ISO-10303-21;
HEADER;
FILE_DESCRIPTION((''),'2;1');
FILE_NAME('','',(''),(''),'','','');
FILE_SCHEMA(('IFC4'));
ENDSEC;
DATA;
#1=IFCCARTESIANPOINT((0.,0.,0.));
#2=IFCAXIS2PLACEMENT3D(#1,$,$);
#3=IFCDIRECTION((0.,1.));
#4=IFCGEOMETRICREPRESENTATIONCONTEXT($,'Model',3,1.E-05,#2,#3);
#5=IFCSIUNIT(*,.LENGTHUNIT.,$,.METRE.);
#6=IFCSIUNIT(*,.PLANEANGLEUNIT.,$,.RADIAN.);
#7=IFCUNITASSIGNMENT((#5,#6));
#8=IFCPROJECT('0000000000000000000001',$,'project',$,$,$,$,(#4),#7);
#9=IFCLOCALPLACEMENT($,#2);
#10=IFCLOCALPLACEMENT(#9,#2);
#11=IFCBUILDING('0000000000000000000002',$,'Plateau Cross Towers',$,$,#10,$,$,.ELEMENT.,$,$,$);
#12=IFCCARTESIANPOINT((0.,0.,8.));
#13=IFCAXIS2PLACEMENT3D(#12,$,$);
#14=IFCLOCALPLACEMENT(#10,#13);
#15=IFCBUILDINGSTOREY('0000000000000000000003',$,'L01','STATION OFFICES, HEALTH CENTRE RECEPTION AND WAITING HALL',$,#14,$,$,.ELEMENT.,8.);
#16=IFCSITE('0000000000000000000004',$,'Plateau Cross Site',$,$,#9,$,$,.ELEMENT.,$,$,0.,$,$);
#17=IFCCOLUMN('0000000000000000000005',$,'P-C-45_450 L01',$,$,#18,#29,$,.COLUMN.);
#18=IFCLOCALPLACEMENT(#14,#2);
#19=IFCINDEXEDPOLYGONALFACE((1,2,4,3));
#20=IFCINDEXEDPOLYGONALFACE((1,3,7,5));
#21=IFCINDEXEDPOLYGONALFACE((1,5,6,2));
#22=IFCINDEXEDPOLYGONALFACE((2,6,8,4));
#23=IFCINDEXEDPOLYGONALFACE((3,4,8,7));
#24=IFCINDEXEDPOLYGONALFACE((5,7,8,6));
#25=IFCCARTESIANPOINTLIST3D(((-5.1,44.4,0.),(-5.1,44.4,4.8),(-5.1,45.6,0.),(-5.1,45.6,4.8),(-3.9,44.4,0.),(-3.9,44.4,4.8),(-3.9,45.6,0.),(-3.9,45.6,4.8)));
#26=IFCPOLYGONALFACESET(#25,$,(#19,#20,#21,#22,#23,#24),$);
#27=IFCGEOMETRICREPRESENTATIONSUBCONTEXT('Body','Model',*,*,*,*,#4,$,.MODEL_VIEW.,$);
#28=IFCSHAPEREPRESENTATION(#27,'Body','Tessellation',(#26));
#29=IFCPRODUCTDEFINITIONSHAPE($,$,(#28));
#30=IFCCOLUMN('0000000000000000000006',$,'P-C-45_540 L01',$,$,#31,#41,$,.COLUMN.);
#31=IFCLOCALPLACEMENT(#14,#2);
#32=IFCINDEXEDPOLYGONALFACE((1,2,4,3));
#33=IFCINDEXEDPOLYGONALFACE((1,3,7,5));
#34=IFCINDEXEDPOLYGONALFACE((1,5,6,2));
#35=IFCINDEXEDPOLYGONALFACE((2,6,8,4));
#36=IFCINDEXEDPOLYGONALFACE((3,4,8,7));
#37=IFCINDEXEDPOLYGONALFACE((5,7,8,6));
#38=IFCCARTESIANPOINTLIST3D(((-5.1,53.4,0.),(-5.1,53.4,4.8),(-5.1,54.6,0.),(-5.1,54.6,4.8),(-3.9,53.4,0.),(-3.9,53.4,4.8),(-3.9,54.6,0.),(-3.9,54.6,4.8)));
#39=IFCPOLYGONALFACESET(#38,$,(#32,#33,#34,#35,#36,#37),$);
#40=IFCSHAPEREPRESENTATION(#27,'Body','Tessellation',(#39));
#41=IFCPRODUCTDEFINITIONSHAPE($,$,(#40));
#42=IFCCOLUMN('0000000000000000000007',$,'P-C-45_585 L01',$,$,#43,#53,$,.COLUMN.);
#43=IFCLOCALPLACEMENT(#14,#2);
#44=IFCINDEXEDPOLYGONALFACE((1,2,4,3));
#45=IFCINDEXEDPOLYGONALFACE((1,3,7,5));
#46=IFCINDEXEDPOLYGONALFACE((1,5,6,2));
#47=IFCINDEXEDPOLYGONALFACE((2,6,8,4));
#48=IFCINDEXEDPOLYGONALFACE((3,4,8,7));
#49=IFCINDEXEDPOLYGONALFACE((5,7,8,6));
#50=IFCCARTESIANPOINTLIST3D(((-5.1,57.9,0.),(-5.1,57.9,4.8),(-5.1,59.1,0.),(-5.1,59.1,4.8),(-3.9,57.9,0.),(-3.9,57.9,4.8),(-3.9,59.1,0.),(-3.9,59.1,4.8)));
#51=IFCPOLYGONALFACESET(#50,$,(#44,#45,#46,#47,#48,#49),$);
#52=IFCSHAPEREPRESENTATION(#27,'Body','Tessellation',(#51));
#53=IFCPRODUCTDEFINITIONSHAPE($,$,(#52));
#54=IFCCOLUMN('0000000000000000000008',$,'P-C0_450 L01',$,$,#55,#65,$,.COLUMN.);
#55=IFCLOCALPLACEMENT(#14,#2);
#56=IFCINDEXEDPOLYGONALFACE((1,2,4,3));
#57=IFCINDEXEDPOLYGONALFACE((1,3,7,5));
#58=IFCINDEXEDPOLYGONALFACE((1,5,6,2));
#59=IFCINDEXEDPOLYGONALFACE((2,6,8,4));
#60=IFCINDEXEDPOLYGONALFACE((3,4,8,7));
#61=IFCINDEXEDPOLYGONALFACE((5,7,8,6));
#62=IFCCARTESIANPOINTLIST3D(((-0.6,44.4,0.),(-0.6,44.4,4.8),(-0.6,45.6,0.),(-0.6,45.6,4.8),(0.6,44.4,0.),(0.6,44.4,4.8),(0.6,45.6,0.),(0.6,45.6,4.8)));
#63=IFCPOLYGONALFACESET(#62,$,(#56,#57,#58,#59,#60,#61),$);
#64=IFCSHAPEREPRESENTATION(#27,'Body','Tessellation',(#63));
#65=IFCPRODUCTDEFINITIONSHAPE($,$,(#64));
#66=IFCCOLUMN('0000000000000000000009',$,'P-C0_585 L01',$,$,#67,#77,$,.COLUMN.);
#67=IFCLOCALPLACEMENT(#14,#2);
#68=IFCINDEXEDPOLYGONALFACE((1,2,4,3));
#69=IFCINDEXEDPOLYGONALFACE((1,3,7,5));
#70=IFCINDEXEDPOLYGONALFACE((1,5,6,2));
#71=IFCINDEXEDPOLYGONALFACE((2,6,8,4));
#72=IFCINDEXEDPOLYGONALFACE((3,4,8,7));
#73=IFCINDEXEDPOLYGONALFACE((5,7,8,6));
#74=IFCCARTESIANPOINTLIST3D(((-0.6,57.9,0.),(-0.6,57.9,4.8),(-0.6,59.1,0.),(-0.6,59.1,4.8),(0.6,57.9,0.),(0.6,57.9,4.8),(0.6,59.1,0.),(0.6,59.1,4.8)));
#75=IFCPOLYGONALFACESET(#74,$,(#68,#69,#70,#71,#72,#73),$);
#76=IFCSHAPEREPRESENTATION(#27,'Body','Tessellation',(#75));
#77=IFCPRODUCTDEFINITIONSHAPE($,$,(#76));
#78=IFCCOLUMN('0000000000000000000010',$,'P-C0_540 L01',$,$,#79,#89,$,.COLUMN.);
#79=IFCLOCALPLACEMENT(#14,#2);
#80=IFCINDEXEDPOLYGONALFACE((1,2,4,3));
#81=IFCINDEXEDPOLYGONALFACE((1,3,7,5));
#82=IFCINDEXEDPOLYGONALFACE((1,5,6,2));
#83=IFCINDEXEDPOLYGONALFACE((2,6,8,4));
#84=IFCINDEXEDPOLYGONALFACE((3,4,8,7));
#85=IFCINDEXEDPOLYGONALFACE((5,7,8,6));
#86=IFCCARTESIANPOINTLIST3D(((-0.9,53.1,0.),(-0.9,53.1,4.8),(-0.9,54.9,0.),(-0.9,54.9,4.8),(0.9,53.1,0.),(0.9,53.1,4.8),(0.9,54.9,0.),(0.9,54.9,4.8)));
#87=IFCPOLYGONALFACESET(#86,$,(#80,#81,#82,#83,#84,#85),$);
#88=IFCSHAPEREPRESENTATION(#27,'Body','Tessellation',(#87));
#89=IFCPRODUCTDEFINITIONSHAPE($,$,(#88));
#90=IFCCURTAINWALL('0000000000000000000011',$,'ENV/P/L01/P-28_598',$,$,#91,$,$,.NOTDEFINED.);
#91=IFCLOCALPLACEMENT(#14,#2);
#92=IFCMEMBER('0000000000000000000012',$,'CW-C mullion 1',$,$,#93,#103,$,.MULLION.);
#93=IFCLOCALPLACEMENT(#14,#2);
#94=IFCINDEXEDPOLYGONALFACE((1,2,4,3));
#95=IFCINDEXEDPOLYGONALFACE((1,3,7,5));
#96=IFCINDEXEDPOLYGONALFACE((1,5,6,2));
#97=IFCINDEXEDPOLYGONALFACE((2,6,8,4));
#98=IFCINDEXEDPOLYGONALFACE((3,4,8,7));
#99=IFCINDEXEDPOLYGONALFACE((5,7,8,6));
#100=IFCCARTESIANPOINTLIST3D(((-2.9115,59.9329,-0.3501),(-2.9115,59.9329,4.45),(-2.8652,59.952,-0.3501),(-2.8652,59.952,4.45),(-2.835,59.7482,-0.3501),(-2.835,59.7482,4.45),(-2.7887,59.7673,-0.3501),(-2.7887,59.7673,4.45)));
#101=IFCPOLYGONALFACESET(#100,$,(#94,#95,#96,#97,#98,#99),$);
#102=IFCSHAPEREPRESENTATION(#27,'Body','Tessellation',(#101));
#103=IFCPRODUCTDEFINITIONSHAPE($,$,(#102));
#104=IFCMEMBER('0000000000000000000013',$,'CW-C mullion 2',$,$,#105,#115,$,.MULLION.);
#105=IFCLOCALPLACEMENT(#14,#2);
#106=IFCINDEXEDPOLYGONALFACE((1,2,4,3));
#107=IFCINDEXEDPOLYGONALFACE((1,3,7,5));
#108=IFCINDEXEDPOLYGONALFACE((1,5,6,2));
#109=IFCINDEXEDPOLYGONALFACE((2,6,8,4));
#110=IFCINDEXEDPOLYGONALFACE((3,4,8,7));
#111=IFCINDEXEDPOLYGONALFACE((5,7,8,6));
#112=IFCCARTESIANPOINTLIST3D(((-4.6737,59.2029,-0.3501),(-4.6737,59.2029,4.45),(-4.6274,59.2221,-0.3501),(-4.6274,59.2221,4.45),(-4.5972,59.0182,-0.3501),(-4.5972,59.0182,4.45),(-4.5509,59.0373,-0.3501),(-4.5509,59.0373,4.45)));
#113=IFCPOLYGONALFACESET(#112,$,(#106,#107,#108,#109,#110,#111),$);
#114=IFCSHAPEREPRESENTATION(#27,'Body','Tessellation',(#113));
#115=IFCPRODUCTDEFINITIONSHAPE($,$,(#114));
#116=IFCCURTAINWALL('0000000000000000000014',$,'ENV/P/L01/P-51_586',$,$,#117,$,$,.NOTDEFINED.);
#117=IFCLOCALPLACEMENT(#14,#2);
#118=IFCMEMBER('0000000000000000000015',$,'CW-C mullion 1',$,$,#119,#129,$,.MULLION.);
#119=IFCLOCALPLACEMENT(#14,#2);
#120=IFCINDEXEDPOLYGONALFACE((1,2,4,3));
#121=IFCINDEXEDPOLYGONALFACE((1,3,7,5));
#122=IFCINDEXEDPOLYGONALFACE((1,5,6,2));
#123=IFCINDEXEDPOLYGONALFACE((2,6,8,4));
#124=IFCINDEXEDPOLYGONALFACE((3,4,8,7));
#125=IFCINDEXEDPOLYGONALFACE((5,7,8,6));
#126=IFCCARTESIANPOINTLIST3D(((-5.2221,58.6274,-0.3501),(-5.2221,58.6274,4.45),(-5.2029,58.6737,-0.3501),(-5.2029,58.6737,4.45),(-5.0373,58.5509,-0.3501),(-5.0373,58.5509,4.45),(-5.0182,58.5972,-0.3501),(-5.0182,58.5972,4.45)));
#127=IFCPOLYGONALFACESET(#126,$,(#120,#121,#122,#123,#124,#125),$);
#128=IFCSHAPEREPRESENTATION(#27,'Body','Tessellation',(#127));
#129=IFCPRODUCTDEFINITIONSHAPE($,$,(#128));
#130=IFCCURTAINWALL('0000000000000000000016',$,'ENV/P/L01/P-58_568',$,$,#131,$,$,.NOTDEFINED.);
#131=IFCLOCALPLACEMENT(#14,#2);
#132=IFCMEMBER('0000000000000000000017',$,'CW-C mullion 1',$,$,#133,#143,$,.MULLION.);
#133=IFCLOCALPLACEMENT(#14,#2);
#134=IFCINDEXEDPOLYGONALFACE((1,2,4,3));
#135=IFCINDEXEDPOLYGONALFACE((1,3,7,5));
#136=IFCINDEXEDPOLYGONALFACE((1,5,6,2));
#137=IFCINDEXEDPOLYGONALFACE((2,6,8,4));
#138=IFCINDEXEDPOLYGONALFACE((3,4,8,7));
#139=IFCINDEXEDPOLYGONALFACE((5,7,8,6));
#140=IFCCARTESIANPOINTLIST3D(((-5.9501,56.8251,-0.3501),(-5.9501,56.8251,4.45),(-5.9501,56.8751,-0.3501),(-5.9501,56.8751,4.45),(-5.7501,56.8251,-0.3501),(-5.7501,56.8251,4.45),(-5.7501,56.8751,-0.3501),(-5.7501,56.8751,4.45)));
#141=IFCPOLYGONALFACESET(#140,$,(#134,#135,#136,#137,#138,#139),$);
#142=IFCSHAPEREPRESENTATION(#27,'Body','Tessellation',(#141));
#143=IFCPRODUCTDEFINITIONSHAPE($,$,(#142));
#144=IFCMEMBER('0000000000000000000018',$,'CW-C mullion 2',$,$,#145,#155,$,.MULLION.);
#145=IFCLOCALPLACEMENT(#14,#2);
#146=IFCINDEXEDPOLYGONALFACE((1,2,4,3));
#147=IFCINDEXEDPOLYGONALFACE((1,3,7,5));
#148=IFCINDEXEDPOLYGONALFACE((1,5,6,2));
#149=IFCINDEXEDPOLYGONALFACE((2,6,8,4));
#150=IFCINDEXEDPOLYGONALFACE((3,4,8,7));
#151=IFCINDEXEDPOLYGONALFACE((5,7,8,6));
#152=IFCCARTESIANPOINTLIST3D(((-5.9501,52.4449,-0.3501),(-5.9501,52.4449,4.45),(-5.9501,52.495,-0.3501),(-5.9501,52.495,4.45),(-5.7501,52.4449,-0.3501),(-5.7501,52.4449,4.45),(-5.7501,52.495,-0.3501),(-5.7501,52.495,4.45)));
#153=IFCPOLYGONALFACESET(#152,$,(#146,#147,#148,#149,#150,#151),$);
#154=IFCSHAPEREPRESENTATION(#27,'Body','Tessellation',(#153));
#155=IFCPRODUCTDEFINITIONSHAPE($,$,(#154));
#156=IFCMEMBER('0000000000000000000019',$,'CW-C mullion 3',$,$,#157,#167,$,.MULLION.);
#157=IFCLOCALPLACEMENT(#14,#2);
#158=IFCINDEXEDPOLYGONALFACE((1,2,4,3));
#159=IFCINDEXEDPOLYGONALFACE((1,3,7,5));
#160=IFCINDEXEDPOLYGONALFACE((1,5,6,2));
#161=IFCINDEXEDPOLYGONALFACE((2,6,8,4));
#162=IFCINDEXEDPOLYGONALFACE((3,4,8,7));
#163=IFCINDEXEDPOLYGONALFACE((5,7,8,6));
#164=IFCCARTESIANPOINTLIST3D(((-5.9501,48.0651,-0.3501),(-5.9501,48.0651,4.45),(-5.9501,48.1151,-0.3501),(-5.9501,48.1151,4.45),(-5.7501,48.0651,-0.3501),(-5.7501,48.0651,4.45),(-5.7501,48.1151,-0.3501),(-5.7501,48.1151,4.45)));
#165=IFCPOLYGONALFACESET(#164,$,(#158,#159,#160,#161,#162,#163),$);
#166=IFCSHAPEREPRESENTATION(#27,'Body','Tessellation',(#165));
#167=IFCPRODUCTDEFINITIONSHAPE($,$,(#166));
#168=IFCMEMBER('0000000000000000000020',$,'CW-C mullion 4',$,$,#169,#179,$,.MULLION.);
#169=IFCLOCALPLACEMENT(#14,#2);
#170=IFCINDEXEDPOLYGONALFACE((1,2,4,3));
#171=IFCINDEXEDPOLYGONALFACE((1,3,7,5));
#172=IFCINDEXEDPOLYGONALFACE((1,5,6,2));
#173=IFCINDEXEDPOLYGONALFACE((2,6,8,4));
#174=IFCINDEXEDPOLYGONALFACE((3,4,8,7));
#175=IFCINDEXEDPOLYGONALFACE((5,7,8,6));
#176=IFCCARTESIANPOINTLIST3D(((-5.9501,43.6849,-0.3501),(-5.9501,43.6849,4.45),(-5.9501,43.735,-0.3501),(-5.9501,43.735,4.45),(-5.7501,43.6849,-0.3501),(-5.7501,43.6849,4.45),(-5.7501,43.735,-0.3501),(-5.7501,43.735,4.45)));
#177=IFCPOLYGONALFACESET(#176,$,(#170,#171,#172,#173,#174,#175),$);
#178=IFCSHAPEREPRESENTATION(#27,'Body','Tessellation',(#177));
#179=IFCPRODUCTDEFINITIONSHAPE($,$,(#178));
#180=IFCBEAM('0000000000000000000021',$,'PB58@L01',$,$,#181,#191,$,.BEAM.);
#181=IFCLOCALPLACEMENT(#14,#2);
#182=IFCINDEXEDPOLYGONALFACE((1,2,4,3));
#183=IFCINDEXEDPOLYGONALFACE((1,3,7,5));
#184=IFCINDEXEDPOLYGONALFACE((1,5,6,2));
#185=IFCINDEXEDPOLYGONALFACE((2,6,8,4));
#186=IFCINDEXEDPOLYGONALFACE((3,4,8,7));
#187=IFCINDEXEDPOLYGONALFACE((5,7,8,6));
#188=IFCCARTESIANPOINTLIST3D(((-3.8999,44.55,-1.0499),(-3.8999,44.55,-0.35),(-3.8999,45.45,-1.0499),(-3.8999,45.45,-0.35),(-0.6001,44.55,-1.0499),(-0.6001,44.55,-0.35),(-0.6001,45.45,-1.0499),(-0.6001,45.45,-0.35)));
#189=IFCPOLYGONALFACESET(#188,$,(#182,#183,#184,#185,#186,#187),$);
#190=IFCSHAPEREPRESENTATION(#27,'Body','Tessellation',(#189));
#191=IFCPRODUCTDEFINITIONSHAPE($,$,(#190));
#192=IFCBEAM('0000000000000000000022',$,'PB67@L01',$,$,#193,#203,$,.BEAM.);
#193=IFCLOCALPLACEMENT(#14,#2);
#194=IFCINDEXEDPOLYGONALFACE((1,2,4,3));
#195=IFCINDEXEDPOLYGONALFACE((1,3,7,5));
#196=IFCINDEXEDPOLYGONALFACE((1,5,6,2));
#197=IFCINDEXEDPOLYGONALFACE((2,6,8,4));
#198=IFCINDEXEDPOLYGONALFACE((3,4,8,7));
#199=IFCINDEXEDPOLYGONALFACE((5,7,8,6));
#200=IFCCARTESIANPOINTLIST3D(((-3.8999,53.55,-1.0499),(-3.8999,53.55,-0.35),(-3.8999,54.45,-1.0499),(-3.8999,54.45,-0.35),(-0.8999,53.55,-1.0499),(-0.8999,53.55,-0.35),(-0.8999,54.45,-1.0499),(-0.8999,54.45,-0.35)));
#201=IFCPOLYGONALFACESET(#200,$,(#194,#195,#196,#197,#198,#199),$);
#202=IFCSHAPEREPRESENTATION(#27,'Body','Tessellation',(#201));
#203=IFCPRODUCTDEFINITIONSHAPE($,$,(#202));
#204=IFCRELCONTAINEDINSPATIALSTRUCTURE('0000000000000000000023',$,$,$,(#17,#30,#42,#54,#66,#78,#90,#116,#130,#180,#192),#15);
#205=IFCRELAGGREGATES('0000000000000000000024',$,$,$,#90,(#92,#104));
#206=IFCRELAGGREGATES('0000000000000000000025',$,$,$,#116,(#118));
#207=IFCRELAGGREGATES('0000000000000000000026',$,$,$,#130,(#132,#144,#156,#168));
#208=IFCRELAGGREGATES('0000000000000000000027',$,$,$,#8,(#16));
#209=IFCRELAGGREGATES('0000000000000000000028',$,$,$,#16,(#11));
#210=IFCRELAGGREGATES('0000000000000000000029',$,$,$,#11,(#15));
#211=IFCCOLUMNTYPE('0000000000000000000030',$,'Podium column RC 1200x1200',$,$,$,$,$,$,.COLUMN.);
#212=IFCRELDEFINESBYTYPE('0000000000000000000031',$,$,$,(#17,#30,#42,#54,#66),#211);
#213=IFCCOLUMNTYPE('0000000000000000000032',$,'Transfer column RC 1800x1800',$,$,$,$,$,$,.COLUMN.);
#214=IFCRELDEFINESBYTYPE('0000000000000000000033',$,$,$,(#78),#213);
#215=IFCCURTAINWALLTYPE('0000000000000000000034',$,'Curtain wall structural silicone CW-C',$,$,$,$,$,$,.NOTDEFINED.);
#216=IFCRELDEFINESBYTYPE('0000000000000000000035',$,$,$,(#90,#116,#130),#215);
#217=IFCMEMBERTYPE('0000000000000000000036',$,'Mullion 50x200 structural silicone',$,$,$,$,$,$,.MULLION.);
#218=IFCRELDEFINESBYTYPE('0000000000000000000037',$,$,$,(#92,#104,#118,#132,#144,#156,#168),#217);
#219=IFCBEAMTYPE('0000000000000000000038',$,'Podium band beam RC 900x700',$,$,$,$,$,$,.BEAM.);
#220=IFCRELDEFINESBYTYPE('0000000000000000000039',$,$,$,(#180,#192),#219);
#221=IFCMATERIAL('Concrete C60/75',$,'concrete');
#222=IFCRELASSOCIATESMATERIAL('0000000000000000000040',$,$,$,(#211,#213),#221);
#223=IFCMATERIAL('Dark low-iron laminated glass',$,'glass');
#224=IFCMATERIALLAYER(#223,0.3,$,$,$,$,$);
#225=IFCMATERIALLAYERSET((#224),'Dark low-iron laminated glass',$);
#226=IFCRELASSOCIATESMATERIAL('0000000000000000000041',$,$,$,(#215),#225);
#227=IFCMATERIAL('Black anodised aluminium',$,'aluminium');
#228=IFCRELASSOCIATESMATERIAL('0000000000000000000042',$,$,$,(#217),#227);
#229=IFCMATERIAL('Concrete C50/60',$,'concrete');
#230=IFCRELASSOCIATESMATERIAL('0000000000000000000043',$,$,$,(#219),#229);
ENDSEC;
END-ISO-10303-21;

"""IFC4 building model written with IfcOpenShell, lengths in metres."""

from ifc_helpers import new_model, si_unit, direction, frame, origin, origin_2d, place, context, subcontext, project, spatial, rectangle, extrude, material, layer, layer_set, material_profile, profile_set, type_object, element, aggregate, save


model = new_model("IFC4")

# Units and contexts
model_context = context("Model", 3, precision=1e-05, world=origin(), true_north=direction((0.0, 1.0)))
body_context = subcontext(model_context, "Body", "Model", "MODEL_VIEW")
ifc_project = project(units=[si_unit("LENGTHUNIT", "METRE"), si_unit("PLANEANGLEUNIT", "RADIAN")], contexts=[model_context])

# Site, building, storey
site_placement = place(None, origin())
site = spatial("IfcSite", under=ifc_project, at=site_placement, Name="Plateau Cross Site", CompositionType="ELEMENT", RefElevation=0.0)
building_placement = place(site_placement, origin())
building = spatial("IfcBuilding", under=site, at=building_placement, Name="Plateau Cross Towers", CompositionType="ELEMENT")
storey_placement = place(building_placement, frame((0.0, 0.0, 8.0)))
storey = spatial("IfcBuildingStorey", under=building, at=storey_placement, Name="L01", Description="STATION OFFICES, HEALTH CENTRE RECEPTION AND WAITING HALL", CompositionType="ELEMENT", Elevation=8.0)

# Columns
ifc_material_1 = material(Name="Concrete C60/75", Category="concrete")
ifc_material_profile_1 = material_profile(ifc_material_1, rectangle(XDim=1.2, YDim=1.2, at=origin_2d()), Name="RC 1200x1200")
ifc_profile_set_1 = profile_set([ifc_material_profile_1], Name="Concrete C60/75")
column_type_1 = type_object("IfcColumnType", Name="Podium column RC 1200x1200", PredefinedType="COLUMN", material=ifc_profile_set_1)
for number, where, z_axis, x_axis, name in (
    (1, (-4.5, 45.0, 0.0), (0.0, 0.0, 1.0), (1.0, 0.0, 0.0), "P-C-45_450 L01"),
    (2, (-4.5, 54.0, 0.0), (0.0, 0.0, 1.0), (1.0, 0.0, 0.0), "P-C-45_540 L01"),
    (3, (-4.5, 58.5, 0.0), (0.0, 0.0, 1.0), (1.0, 0.0, 0.0), "P-C-45_585 L01"),
    (4, (0.0, 45.0, 0.0), (0.0, 0.0, 1.0), (1.0, 0.0, 0.0), "P-C0_450 L01"),
    (5, (0.0, 58.5, 0.0), (0.0, 0.0, 1.0), (1.0, 0.0, 0.0), "P-C0_585 L01"),
):
    element("IfcColumn", number, at=place(storey_placement, frame(where, z_axis=z_axis, x_axis=x_axis)), inside=storey, type_object=column_type_1, Name=name, PredefinedType="COLUMN", context=body_context, shape_type="SweptSolid", body=[
        extrude(rectangle(XDim=1.2, YDim=1.2, at=origin_2d()), origin(), (0.0, 0.0, 1.0), 4.8),
    ])
ifc_material_profile_2 = material_profile(ifc_material_1, rectangle(XDim=1.8, YDim=1.8, at=origin_2d()), Name="RC 1800x1800")
ifc_profile_set_2 = profile_set([ifc_material_profile_2], Name="Concrete C60/75")
column_type_2 = type_object("IfcColumnType", Name="Transfer column RC 1800x1800", PredefinedType="COLUMN", material=ifc_profile_set_2)
column_placement = place(storey_placement, frame((0.0, 54.0, 0.0), z_axis=(0.0, 0.0, 1.0), x_axis=(1.0, 0.0, 0.0)))
element("IfcColumn", 6, at=column_placement, inside=storey, type_object=column_type_2, Name="P-C0_540 L01", PredefinedType="COLUMN", context=body_context, shape_type="SweptSolid", body=[
    extrude(rectangle(XDim=1.8, YDim=1.8, at=origin_2d()), origin(), (0.0, 0.0, 1.0), 4.8),
])

# Curtain wall, members
ifc_material_2 = material(Name="Dark low-iron laminated glass", Category="glass")
ifc_layer_1 = layer(ifc_material_2, 0.3)
ifc_layer_set_1 = layer_set([ifc_layer_1], Name="Dark low-iron laminated glass")
curtain_wall_type = type_object("IfcCurtainWallType", Name="Curtain wall structural silicone CW-C", PredefinedType="NOTDEFINED", material=ifc_layer_set_1)
curtain_wall_1_placement = place(storey_placement, origin())
curtain_wall_1 = element("IfcCurtainWall", 7, at=curtain_wall_1_placement, inside=storey, type_object=curtain_wall_type, Name="ENV/P/L01/P-28_598", PredefinedType="NOTDEFINED")
ifc_material_3 = material(Name="Black anodised aluminium", Category="aluminium")
ifc_material_profile_3 = material_profile(ifc_material_3, rectangle(XDim=0.05, YDim=0.2, at=origin_2d()), Name="MULLION 50x200")
ifc_profile_set_3 = profile_set([ifc_material_profile_3], Name="Black anodised aluminium")
member_type_1 = type_object("IfcMemberType", Name="Mullion 50x200 structural silicone", PredefinedType="MULLION", material=ifc_profile_set_3)
member_1_placement = place(storey_placement, frame((-2.8501, 59.8501, -0.3501), z_axis=(0.0, 0.0, 1.0), x_axis=(-0.923879, -0.382684, 0.0)))
member_1 = element("IfcMember", 8, at=member_1_placement, type_object=member_type_1, Name="CW-C mullion 1", PredefinedType="MULLION", context=body_context, shape_type="SweptSolid", body=[
    extrude(rectangle(XDim=0.05, YDim=0.2, at=origin_2d()), origin(), (0.0, 0.0, 1.0), 4.8),
])
member_2_placement = place(storey_placement, frame((-4.6123, 59.1201, -0.3501), z_axis=(0.0, 0.0, 1.0), x_axis=(-0.923879, -0.382684, 0.0)))
member_2 = element("IfcMember", 9, at=member_2_placement, type_object=member_type_1, Name="CW-C mullion 2", PredefinedType="MULLION", context=body_context, shape_type="SweptSolid", body=[
    extrude(rectangle(XDim=0.05, YDim=0.2, at=origin_2d()), origin(), (0.0, 0.0, 1.0), 4.8),
])

# Curtain wall, member
curtain_wall_2_placement = place(storey_placement, origin())
curtain_wall_2 = element("IfcCurtainWall", 10, at=curtain_wall_2_placement, inside=storey, type_object=curtain_wall_type, Name="ENV/P/L01/P-51_586", PredefinedType="NOTDEFINED")
member_3_placement = place(storey_placement, frame((-5.1201, 58.6123, -0.3501), z_axis=(0.0, 0.0, 1.0), x_axis=(-0.382684, -0.923879, 0.0)))
member_3 = element("IfcMember", 11, at=member_3_placement, type_object=member_type_1, Name="CW-C mullion 1", PredefinedType="MULLION", context=body_context, shape_type="SweptSolid", body=[
    extrude(rectangle(XDim=0.05, YDim=0.2, at=origin_2d()), origin(), (0.0, 0.0, 1.0), 4.8),
])

# Curtain wall, members
curtain_wall_3_placement = place(storey_placement, origin())
curtain_wall_3 = element("IfcCurtainWall", 12, at=curtain_wall_3_placement, inside=storey, type_object=curtain_wall_type, Name="ENV/P/L01/P-58_568", PredefinedType="NOTDEFINED")
member_4_placement = place(storey_placement, frame((-5.8501, 56.8501, -0.3501), z_axis=(0.0, 0.0, 1.0), x_axis=(0.0, -1.0, 0.0)))
member_4 = element("IfcMember", 13, at=member_4_placement, type_object=member_type_1, Name="CW-C mullion 1", PredefinedType="MULLION", context=body_context, shape_type="SweptSolid", body=[
    extrude(rectangle(XDim=0.05, YDim=0.2, at=origin_2d()), origin(), (0.0, 0.0, 1.0), 4.8),
])
member_5_placement = place(storey_placement, frame((-5.8501, 52.47, -0.3501), z_axis=(0.0, 0.0, 1.0), x_axis=(0.0, -1.0, 0.0)))
member_5 = element("IfcMember", 14, at=member_5_placement, type_object=member_type_1, Name="CW-C mullion 2", PredefinedType="MULLION", context=body_context, shape_type="SweptSolid", body=[
    extrude(rectangle(XDim=0.05, YDim=0.2, at=origin_2d()), origin(), (0.0, 0.0, 1.0), 4.8),
])
member_6_placement = place(storey_placement, frame((-5.8501, 48.0901, -0.3501), z_axis=(0.0, 0.0, 1.0), x_axis=(0.0, -1.0, 0.0)))
member_6 = element("IfcMember", 15, at=member_6_placement, type_object=member_type_1, Name="CW-C mullion 3", PredefinedType="MULLION", context=body_context, shape_type="SweptSolid", body=[
    extrude(rectangle(XDim=0.05, YDim=0.2, at=origin_2d()), origin(), (0.0, 0.0, 1.0), 4.8),
])
member_7_placement = place(storey_placement, frame((-5.8501, 43.71, -0.3501), z_axis=(0.0, 0.0, 1.0), x_axis=(0.0, -1.0, 0.0)))
member_7 = element("IfcMember", 16, at=member_7_placement, type_object=member_type_1, Name="CW-C mullion 4", PredefinedType="MULLION", context=body_context, shape_type="SweptSolid", body=[
    extrude(rectangle(XDim=0.05, YDim=0.2, at=origin_2d()), origin(), (0.0, 0.0, 1.0), 4.8),
])

# Beams
ifc_material_4 = material(Name="Concrete C50/60", Category="concrete")
ifc_material_profile_4 = material_profile(ifc_material_4, rectangle(XDim=0.8999, YDim=0.7, at=origin_2d()), Name="RC 900x700")
ifc_profile_set_4 = profile_set([ifc_material_profile_4], Name="Concrete C50/60")
beam_type = type_object("IfcBeamType", Name="Podium band beam RC 900x700", PredefinedType="BEAM", material=ifc_profile_set_4)
beam_1_placement = place(storey_placement, frame((-3.8999, 45.0, -0.7), z_axis=(1.0, 0.0, 0.0), x_axis=(0.0, 1.0, 0.0)))
element("IfcBeam", 17, at=beam_1_placement, inside=storey, type_object=beam_type, Name="PB58@L01", PredefinedType="BEAM", context=body_context, shape_type="SweptSolid", body=[
    extrude(rectangle(XDim=0.8999, YDim=0.7, at=origin_2d()), origin(), (0.0, 0.0, 1.0), 3.2998),
])
beam_2_placement = place(storey_placement, frame((-3.8999, 54.0, -0.7), z_axis=(1.0, 0.0, 0.0), x_axis=(0.0, 1.0, 0.0)))
element("IfcBeam", 18, at=beam_2_placement, inside=storey, type_object=beam_type, Name="PB67@L01", PredefinedType="BEAM", context=body_context, shape_type="SweptSolid", body=[
    extrude(rectangle(XDim=0.8999, YDim=0.7, at=origin_2d()), origin(), (0.0, 0.0, 1.0), 3.0),
])

aggregate(curtain_wall_1, [member_1, member_2])
aggregate(curtain_wall_2, [member_3])
aggregate(curtain_wall_3, [member_4, member_5, member_6, member_7])

save(model, "model.ifc")
